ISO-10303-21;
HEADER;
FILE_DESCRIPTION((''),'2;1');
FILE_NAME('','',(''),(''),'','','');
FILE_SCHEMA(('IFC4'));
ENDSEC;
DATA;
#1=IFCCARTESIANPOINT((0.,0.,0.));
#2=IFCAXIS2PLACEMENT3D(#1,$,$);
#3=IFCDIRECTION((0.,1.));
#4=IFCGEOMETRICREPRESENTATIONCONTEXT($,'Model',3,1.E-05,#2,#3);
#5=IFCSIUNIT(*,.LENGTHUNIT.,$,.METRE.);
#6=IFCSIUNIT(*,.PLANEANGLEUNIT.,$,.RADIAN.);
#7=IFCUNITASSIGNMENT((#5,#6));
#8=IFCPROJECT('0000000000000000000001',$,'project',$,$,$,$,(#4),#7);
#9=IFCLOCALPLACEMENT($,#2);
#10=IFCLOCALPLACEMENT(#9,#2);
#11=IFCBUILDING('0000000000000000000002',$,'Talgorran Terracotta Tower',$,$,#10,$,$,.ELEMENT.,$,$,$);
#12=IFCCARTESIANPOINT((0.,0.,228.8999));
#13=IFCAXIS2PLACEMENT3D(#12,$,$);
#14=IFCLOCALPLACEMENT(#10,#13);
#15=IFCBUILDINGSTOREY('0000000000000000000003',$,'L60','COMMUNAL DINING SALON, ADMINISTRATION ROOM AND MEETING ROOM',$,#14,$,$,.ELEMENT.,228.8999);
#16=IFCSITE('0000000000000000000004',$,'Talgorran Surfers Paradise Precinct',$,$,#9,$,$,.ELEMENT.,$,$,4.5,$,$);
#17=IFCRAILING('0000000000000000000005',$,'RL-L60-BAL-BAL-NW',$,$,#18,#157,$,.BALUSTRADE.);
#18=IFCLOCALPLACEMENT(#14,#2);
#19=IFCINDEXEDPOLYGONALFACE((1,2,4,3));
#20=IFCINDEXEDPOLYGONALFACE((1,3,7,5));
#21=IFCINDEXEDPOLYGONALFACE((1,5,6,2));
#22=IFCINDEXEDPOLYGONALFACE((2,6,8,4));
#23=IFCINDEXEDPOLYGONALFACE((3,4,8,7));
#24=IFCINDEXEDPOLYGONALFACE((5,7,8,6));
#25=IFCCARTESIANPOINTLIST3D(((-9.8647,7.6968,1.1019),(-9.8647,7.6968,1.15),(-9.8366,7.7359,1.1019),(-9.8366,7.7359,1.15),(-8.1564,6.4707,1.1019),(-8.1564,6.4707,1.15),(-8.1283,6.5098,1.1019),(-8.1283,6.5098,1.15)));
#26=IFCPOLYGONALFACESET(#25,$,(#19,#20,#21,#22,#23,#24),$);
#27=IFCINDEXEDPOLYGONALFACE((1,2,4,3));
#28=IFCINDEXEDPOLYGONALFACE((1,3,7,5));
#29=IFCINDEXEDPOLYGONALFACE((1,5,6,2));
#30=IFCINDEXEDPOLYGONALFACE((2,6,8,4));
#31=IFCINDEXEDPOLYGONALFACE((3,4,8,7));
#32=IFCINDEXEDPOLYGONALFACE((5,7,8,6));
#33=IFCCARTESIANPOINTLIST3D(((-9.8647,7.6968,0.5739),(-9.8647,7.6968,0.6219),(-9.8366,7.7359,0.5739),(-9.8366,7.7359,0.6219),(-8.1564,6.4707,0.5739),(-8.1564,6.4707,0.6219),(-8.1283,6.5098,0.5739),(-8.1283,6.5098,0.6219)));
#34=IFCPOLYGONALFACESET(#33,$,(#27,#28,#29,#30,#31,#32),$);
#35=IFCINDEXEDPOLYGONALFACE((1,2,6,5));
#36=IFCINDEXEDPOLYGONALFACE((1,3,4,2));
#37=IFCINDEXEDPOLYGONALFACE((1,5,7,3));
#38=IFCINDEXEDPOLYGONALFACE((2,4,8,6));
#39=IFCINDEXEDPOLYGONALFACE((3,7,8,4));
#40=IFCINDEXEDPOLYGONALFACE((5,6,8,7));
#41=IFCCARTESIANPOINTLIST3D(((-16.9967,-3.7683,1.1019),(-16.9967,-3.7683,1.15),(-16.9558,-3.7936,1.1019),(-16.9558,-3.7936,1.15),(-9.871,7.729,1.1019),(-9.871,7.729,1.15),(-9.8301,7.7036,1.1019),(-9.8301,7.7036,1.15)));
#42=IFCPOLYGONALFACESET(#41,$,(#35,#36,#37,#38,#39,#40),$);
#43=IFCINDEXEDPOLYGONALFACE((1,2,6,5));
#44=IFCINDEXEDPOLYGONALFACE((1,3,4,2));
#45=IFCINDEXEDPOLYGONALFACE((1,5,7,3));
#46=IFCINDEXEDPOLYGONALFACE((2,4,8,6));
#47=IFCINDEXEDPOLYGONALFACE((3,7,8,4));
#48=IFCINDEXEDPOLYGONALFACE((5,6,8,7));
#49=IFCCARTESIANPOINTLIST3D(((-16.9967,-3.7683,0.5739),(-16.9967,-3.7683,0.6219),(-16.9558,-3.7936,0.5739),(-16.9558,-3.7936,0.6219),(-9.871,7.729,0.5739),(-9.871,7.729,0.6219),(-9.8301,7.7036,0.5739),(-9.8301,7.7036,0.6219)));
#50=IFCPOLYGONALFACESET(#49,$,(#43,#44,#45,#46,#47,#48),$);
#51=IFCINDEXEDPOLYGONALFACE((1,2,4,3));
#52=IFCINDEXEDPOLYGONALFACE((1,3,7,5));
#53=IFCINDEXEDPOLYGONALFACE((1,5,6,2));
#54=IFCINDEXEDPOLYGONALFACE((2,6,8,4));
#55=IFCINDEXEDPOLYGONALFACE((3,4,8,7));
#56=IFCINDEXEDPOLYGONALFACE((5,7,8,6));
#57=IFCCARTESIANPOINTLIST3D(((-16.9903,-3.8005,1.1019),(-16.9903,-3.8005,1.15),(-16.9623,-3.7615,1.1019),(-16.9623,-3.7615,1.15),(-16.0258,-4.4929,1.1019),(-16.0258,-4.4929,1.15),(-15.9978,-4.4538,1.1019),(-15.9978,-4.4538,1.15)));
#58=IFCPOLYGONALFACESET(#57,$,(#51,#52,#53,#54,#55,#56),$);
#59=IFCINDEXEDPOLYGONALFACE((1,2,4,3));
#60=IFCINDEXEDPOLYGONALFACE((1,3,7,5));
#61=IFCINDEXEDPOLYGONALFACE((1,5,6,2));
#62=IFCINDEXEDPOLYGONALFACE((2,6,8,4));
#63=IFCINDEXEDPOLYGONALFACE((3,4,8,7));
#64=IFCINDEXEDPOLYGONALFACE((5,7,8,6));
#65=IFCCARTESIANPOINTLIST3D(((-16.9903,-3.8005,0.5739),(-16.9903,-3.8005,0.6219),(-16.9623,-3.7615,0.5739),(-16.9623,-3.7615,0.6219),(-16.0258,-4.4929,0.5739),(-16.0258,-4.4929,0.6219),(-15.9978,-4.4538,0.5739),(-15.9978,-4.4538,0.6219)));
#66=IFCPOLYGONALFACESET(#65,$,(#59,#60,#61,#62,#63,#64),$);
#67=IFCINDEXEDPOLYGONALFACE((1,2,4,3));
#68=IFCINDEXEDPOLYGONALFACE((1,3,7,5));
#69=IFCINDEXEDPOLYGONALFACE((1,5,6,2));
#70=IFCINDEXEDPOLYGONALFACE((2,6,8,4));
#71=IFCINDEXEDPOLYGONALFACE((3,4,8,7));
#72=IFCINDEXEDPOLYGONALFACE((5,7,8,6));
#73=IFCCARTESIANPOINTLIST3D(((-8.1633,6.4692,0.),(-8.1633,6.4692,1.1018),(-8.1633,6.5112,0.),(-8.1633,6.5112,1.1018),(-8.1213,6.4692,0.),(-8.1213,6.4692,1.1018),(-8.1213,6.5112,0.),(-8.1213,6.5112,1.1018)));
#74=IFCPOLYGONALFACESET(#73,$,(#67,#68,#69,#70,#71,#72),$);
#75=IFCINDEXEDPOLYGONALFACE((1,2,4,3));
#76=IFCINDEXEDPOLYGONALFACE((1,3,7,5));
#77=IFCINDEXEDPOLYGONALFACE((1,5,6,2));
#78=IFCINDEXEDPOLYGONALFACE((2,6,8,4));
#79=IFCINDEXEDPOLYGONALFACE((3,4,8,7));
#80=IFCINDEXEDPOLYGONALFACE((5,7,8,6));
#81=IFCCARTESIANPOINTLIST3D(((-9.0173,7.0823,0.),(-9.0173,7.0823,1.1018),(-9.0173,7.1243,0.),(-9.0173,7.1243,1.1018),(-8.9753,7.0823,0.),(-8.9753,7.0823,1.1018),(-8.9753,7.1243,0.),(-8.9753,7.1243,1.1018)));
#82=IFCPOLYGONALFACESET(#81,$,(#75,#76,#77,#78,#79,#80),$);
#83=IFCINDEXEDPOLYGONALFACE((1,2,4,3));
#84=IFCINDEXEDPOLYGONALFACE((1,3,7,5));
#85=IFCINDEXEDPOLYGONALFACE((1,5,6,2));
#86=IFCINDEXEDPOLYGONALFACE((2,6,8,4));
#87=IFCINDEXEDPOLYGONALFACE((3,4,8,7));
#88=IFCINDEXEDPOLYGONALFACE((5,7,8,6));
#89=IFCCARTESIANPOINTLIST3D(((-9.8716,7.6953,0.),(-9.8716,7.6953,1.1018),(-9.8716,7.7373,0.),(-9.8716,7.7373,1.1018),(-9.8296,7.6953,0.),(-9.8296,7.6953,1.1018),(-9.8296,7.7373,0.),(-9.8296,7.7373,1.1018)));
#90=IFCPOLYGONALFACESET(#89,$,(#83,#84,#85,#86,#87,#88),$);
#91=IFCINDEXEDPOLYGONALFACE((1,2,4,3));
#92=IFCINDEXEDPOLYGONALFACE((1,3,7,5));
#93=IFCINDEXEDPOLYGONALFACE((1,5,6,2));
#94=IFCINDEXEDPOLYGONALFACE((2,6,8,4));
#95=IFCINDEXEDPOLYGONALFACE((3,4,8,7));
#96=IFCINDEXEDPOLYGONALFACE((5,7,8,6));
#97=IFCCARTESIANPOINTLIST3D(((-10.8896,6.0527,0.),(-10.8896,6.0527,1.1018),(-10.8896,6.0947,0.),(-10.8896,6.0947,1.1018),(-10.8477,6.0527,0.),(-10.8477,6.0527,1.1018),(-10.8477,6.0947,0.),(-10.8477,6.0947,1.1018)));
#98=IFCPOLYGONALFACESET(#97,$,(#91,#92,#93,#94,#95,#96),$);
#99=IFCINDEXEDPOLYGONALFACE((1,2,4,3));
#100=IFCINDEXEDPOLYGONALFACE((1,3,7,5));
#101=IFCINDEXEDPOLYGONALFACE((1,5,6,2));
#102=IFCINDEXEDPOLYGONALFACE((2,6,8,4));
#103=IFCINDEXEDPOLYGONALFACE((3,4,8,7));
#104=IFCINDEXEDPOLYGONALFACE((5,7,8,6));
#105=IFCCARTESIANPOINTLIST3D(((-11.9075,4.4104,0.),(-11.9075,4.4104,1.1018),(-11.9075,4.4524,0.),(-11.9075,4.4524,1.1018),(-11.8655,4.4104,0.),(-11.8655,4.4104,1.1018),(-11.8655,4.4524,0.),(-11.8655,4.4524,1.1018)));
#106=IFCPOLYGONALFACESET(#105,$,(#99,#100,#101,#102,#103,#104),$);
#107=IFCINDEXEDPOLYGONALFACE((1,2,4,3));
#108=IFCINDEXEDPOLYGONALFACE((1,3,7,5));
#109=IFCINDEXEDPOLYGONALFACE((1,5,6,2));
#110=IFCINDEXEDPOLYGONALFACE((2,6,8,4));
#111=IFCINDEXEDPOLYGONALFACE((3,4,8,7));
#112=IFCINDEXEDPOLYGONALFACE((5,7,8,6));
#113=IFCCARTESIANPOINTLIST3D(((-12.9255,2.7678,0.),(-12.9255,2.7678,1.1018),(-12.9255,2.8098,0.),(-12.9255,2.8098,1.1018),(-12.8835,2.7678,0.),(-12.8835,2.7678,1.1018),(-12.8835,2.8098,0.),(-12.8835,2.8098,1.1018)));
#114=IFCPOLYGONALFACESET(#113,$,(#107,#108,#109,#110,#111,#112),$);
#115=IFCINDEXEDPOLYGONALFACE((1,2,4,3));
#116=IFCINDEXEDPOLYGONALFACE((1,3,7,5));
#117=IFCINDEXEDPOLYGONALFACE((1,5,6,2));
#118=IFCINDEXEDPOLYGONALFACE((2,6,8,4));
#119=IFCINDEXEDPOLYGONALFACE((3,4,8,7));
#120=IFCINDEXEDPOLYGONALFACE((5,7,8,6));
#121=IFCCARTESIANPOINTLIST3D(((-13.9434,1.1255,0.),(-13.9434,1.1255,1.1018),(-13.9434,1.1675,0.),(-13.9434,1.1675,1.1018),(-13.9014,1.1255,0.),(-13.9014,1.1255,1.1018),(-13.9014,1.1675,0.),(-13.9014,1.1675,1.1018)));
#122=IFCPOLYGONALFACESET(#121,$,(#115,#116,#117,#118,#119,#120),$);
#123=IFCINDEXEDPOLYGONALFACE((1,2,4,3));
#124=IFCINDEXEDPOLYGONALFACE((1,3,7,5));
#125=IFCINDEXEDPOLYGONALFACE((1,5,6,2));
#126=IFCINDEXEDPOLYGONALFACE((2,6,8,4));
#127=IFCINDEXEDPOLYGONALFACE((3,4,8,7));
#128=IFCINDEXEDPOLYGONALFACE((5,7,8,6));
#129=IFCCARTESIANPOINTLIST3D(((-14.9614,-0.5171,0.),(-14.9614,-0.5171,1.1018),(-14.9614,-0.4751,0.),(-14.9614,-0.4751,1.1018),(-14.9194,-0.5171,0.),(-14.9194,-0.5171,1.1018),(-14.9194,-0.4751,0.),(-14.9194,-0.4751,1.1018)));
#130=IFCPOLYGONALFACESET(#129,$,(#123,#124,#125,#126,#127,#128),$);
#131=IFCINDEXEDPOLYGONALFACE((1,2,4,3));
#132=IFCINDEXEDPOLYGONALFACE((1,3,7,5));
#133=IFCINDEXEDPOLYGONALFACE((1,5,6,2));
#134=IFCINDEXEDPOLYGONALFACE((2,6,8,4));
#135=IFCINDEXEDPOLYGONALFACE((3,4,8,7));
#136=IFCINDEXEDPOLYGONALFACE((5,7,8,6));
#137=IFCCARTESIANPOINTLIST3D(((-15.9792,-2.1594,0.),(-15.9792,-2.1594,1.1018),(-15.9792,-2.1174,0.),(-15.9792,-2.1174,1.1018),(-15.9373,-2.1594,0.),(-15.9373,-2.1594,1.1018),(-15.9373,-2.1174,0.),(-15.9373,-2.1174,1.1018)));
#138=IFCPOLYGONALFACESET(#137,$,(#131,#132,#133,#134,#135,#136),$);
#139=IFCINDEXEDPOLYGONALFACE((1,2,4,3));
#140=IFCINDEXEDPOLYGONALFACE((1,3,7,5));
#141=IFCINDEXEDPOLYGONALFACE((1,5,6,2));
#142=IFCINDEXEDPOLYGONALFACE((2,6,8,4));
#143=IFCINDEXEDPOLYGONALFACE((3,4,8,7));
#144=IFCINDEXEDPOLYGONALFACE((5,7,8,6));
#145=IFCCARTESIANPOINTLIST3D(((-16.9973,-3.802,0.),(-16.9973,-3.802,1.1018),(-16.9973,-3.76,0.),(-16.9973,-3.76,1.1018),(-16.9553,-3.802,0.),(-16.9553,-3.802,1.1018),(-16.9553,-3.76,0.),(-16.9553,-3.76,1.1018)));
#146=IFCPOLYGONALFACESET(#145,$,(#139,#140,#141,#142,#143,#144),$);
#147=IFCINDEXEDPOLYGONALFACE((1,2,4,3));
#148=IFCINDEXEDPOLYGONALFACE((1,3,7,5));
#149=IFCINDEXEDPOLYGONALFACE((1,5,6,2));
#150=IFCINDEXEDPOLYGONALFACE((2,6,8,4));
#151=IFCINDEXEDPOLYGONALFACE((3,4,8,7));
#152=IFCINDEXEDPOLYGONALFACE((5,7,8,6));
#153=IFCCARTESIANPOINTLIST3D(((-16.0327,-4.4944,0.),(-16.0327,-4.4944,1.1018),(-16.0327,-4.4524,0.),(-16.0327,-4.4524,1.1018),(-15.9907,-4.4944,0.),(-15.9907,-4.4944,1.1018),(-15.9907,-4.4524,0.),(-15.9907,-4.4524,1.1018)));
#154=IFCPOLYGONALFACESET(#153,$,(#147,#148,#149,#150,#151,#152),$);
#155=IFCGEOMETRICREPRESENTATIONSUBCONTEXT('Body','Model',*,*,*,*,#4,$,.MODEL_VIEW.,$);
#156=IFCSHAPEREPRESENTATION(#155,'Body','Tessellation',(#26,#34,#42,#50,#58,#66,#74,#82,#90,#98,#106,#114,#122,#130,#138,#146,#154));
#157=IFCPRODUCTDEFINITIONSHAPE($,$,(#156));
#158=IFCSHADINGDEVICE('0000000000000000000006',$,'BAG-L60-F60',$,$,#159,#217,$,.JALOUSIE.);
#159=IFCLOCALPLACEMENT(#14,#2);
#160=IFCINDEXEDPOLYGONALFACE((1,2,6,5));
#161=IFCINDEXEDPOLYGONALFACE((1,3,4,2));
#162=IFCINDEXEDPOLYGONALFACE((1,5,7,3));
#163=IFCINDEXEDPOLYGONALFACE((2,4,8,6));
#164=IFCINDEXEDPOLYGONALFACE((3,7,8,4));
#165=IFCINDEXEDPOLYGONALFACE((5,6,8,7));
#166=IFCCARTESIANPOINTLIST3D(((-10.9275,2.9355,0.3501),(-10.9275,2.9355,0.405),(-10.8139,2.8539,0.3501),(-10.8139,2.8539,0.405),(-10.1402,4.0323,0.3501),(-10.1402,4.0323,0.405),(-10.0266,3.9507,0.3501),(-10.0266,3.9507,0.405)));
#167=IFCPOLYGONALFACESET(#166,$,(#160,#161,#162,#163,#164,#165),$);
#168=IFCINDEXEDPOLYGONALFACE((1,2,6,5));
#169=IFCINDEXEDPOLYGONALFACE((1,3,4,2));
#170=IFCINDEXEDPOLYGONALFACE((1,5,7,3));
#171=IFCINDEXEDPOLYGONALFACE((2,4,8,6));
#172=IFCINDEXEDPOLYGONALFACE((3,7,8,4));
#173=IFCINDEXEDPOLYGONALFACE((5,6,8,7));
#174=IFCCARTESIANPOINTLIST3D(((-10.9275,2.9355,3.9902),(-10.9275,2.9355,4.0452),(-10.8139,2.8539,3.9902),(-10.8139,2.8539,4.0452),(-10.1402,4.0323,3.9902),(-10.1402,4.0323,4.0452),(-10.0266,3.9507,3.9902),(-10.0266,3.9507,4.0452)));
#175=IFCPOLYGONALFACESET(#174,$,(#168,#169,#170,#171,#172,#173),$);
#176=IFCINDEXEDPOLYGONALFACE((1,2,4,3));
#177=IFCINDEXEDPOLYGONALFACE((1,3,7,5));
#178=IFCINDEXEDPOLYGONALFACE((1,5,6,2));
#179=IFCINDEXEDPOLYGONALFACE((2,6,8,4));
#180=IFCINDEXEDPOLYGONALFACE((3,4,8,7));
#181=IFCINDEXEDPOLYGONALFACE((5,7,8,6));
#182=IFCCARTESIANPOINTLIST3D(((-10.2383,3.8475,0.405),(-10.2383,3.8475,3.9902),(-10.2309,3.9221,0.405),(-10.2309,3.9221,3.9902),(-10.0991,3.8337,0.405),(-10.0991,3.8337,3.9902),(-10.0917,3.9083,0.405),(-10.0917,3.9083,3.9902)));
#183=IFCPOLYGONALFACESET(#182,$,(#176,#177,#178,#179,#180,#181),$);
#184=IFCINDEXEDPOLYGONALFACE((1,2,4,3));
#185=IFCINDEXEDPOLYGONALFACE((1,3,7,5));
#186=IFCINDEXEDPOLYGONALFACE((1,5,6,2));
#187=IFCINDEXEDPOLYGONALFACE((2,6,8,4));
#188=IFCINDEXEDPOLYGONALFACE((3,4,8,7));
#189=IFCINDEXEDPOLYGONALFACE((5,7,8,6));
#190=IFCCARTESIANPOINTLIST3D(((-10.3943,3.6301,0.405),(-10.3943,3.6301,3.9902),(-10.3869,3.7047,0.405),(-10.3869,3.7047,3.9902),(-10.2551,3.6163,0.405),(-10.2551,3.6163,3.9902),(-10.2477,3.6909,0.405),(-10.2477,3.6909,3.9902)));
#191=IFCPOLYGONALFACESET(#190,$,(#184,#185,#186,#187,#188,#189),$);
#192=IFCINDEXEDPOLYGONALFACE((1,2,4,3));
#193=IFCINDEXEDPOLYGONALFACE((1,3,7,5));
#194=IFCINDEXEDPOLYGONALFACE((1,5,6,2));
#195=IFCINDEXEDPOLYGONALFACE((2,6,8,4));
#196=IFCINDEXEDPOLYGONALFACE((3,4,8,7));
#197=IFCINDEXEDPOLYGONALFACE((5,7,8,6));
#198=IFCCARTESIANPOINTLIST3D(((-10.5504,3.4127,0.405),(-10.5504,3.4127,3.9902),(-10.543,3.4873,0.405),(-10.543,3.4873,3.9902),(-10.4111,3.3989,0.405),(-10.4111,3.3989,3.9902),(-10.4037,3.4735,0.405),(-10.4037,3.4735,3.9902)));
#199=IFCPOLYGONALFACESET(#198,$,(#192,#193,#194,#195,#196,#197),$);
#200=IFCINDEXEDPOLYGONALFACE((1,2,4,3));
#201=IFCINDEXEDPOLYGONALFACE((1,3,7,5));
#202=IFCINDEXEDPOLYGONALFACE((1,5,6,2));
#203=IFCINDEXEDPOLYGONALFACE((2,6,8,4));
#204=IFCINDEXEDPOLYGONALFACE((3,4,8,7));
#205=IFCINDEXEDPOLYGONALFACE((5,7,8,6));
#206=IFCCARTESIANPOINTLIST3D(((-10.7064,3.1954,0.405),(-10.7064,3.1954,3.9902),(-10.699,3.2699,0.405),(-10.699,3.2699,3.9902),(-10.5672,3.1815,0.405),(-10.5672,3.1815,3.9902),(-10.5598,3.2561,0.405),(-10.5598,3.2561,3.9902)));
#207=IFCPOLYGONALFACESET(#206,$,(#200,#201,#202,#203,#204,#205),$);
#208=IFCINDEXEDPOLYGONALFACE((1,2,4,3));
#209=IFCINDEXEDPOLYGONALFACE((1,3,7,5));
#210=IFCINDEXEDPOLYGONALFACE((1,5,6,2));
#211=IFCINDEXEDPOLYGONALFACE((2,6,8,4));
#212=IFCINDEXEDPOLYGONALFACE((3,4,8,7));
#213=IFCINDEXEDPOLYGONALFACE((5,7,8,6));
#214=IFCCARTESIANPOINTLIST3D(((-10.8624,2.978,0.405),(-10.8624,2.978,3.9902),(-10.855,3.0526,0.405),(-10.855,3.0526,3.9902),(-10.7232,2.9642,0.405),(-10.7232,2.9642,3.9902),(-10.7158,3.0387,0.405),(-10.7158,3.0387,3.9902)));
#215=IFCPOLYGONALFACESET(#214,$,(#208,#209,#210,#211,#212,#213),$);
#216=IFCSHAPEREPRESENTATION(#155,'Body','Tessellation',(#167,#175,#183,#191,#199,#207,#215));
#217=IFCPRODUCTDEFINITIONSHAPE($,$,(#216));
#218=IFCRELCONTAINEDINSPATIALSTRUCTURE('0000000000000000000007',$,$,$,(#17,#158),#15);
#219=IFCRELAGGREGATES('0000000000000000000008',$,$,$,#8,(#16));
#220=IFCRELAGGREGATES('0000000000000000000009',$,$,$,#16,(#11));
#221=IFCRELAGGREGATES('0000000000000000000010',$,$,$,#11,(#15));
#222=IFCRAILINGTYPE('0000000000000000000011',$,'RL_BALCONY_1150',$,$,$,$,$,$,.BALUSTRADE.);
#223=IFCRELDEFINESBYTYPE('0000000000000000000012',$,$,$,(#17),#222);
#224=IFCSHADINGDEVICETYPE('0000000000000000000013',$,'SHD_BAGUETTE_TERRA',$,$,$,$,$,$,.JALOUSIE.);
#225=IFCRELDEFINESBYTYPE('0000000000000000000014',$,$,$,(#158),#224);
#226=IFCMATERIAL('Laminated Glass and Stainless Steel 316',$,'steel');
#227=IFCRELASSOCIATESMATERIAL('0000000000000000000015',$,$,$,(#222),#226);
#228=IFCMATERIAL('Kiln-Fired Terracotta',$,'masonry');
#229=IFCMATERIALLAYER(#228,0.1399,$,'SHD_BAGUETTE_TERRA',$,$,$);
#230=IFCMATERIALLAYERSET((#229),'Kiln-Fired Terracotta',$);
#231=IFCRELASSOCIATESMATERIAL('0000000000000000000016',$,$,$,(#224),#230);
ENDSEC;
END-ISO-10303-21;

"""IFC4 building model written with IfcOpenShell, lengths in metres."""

from ifc_helpers import new_model, si_unit, direction, frame, origin, origin_2d, place, context, subcontext, project, spatial, rectangle, extrude, source, transform, mapped, material, layer, layer_set, type_object, type_shapes, element, save


model = new_model("IFC4")

# Units and contexts
model_context = context("Model", 3, precision=1e-05, world=origin(), true_north=direction((0.0, 1.0)))
body_context = subcontext(model_context, "Body", "Model", "MODEL_VIEW")
ifc_project = project(units=[si_unit("LENGTHUNIT", "METRE"), si_unit("PLANEANGLEUNIT", "RADIAN")], contexts=[model_context])

# Site, building, storey
site_placement = place(None, origin())
site = spatial("IfcSite", under=ifc_project, at=site_placement, Name="Talgorran Surfers Paradise Precinct", CompositionType="ELEMENT", RefElevation=4.5)
building_placement = place(site_placement, origin())
building = spatial("IfcBuilding", under=site, at=building_placement, Name="Talgorran Terracotta Tower", CompositionType="ELEMENT")
storey_placement = place(building_placement, frame((0.0, 0.0, 228.8999)))
storey = spatial("IfcBuildingStorey", under=building, at=storey_placement, Name="L60", Description="COMMUNAL DINING SALON, ADMINISTRATION ROOM AND MEETING ROOM", CompositionType="ELEMENT", Elevation=228.8999)

# Railing
ifc_material_1 = material(Name="Laminated Glass and Stainless Steel 316", Category="steel")
railing_type = type_object("IfcRailingType", Name="RL_BALCONY_1150", PredefinedType="BALUSTRADE", material=ifc_material_1)
railing_placement = place(storey_placement, frame((-8.1423, 6.4902, 0.0)))
element("IfcRailing", 1, at=railing_placement, inside=storey, type_object=railing_type, Name="RL-L60-BAL-BAL-NW", PredefinedType="BALUSTRADE", context=body_context, shape_type="SweptSolid", body=[
    extrude(rectangle(XDim=0.0481, YDim=0.0481, at=origin_2d()), frame((0.0, 0.0, 1.126), z_axis=(-0.812406, 0.583093, 0.0), x_axis=(-0.583093, -0.812406, 0.0)), (0.0, 0.0, 1.0), 2.1028),
    extrude(rectangle(XDim=0.0481, YDim=0.0481, at=origin_2d()), frame((0.0, 0.0, 0.5979), z_axis=(-0.812406, 0.583093, 0.0), x_axis=(-0.583093, -0.812406, 0.0)), (0.0, 0.0, 1.0), 2.1028),
    extrude(rectangle(XDim=0.0481, YDim=0.0481, at=origin_2d()), frame((-1.7083, 1.2261, 1.126), z_axis=(-0.526801, -0.849989, 0.0), x_axis=(0.849989, -0.526801, 0.0)), (0.0, 0.0, 1.0), 13.5264),
    extrude(rectangle(XDim=0.0481, YDim=0.0481, at=origin_2d()), frame((-1.7083, 1.2261, 0.5979), z_axis=(-0.526801, -0.849989, 0.0), x_axis=(0.849989, -0.526801, 0.0)), (0.0, 0.0, 1.0), 13.5264),
    extrude(rectangle(XDim=0.0481, YDim=0.0481, at=origin_2d()), frame((-8.834, -10.2712, 1.126), z_axis=(0.812384, -0.583123, 0.0), x_axis=(0.583123, 0.812384, 0.0)), (0.0, 0.0, 1.0), 1.1873),
    extrude(rectangle(XDim=0.0481, YDim=0.0481, at=origin_2d()), frame((-8.834, -10.2712, 0.5979), z_axis=(0.812384, -0.583123, 0.0), x_axis=(0.583123, 0.812384, 0.0)), (0.0, 0.0, 1.0), 1.1873),
    extrude(rectangle(XDim=0.042, YDim=0.042, at=origin_2d()), origin(), (0.0, 0.0, 1.0), 1.1018),
    extrude(rectangle(XDim=0.042, YDim=0.042, at=origin_2d()), frame((-0.854, 0.613, 0.0)), (0.0, 0.0, 1.0), 1.1018),
    extrude(rectangle(XDim=0.042, YDim=0.042, at=origin_2d()), frame((-1.7083, 1.2261, 0.0)), (0.0, 0.0, 1.0), 1.1018),
    extrude(rectangle(XDim=0.042, YDim=0.042, at=origin_2d()), frame((-2.7263, -0.4165, 0.0)), (0.0, 0.0, 1.0), 1.1018),
    extrude(rectangle(XDim=0.042, YDim=0.042, at=origin_2d()), frame((-3.7441, -2.0588, 0.0)), (0.0, 0.0, 1.0), 1.1018),
    extrude(rectangle(XDim=0.042, YDim=0.042, at=origin_2d()), frame((-4.7622, -3.7014, 0.0)), (0.0, 0.0, 1.0), 1.1018),
    extrude(rectangle(XDim=0.042, YDim=0.042, at=origin_2d()), frame((-5.78, -5.3438, 0.0)), (0.0, 0.0, 1.0), 1.1018),
    extrude(rectangle(XDim=0.042, YDim=0.042, at=origin_2d()), frame((-6.7981, -6.9863, 0.0)), (0.0, 0.0, 1.0), 1.1018),
    extrude(rectangle(XDim=0.042, YDim=0.042, at=origin_2d()), frame((-7.8159, -8.6287, 0.0)), (0.0, 0.0, 1.0), 1.1018),
    extrude(rectangle(XDim=0.042, YDim=0.042, at=origin_2d()), frame((-8.834, -10.2712, 0.0)), (0.0, 0.0, 1.0), 1.1018),
    extrude(rectangle(XDim=0.042, YDim=0.042, at=origin_2d()), frame((-7.8694, -10.9636, 0.0)), (0.0, 0.0, 1.0), 1.1018),
])

# Shading device
ifc_material_2 = material(Name="Kiln-Fired Terracotta", Category="masonry")
ifc_layer_1 = layer(ifc_material_2, 0.1399, Name="SHD_BAGUETTE_TERRA")
ifc_layer_set_1 = layer_set([ifc_layer_1], Name="Kiln-Fired Terracotta")
shading_device_type = type_object("IfcShadingDeviceType", Name="SHD_BAGUETTE_TERRA", PredefinedType="JALOUSIE", material=ifc_layer_set_1)
shared_shape_1 = source(origin(), body_context, "Body", "SweptSolid", [
    extrude(rectangle(XDim=1.3501, YDim=0.1399, at=origin_2d()), origin(), (0.0, 0.0, 1.0), 0.0549),
    extrude(rectangle(XDim=1.3501, YDim=0.1399, at=origin_2d()), frame((0.0, 0.0, 3.6401)), (0.0, 0.0, 1.0), 0.0549),
    extrude(rectangle(XDim=0.075, YDim=0.1399, at=origin_2d()), frame((-0.5352, 0.0, 0.0549), z_axis=(0.0, 0.0, 1.0), x_axis=(0.866025, 0.5, 0.0)), (0.0, 0.0, 1.0), 3.5852),
    extrude(rectangle(XDim=0.075, YDim=0.1399, at=origin_2d()), frame((-0.2676, 0.0, 0.0549), z_axis=(0.0, 0.0, 1.0), x_axis=(0.866025, 0.5, 0.0)), (0.0, 0.0, 1.0), 3.5852),
    extrude(rectangle(XDim=0.075, YDim=0.1399, at=origin_2d()), frame((0.0, 0.0, 0.0549), z_axis=(0.0, 0.0, 1.0), x_axis=(0.866025, 0.5, 0.0)), (0.0, 0.0, 1.0), 3.5852),
    extrude(rectangle(XDim=0.075, YDim=0.1399, at=origin_2d()), frame((0.2676, 0.0, 0.0549), z_axis=(0.0, 0.0, 1.0), x_axis=(0.866025, 0.5, 0.0)), (0.0, 0.0, 1.0), 3.5852),
    extrude(rectangle(XDim=0.075, YDim=0.1399, at=origin_2d()), frame((0.5352, 0.0, 0.0549), z_axis=(0.0, 0.0, 1.0), x_axis=(0.866025, 0.5, 0.0)), (0.0, 0.0, 1.0), 3.5852),
])
type_shapes(shading_device_type, [shared_shape_1])
shading_device_placement = place(storey_placement, frame((-10.4771, 3.4431, 0.3501), z_axis=(0.0, 0.0, 1.0), x_axis=(-0.583116, -0.812389, 0.0)))
element("IfcShadingDevice", 2, at=shading_device_placement, inside=storey, type_object=shading_device_type, Name="BAG-L60-F60", PredefinedType="JALOUSIE", context=body_context, shape_type="MappedRepresentation", body=[
    mapped(shared_shape_1, transform((0.0, 0.0, 0.0), scale=1.0)),
])

save(model, "model.ifc")
